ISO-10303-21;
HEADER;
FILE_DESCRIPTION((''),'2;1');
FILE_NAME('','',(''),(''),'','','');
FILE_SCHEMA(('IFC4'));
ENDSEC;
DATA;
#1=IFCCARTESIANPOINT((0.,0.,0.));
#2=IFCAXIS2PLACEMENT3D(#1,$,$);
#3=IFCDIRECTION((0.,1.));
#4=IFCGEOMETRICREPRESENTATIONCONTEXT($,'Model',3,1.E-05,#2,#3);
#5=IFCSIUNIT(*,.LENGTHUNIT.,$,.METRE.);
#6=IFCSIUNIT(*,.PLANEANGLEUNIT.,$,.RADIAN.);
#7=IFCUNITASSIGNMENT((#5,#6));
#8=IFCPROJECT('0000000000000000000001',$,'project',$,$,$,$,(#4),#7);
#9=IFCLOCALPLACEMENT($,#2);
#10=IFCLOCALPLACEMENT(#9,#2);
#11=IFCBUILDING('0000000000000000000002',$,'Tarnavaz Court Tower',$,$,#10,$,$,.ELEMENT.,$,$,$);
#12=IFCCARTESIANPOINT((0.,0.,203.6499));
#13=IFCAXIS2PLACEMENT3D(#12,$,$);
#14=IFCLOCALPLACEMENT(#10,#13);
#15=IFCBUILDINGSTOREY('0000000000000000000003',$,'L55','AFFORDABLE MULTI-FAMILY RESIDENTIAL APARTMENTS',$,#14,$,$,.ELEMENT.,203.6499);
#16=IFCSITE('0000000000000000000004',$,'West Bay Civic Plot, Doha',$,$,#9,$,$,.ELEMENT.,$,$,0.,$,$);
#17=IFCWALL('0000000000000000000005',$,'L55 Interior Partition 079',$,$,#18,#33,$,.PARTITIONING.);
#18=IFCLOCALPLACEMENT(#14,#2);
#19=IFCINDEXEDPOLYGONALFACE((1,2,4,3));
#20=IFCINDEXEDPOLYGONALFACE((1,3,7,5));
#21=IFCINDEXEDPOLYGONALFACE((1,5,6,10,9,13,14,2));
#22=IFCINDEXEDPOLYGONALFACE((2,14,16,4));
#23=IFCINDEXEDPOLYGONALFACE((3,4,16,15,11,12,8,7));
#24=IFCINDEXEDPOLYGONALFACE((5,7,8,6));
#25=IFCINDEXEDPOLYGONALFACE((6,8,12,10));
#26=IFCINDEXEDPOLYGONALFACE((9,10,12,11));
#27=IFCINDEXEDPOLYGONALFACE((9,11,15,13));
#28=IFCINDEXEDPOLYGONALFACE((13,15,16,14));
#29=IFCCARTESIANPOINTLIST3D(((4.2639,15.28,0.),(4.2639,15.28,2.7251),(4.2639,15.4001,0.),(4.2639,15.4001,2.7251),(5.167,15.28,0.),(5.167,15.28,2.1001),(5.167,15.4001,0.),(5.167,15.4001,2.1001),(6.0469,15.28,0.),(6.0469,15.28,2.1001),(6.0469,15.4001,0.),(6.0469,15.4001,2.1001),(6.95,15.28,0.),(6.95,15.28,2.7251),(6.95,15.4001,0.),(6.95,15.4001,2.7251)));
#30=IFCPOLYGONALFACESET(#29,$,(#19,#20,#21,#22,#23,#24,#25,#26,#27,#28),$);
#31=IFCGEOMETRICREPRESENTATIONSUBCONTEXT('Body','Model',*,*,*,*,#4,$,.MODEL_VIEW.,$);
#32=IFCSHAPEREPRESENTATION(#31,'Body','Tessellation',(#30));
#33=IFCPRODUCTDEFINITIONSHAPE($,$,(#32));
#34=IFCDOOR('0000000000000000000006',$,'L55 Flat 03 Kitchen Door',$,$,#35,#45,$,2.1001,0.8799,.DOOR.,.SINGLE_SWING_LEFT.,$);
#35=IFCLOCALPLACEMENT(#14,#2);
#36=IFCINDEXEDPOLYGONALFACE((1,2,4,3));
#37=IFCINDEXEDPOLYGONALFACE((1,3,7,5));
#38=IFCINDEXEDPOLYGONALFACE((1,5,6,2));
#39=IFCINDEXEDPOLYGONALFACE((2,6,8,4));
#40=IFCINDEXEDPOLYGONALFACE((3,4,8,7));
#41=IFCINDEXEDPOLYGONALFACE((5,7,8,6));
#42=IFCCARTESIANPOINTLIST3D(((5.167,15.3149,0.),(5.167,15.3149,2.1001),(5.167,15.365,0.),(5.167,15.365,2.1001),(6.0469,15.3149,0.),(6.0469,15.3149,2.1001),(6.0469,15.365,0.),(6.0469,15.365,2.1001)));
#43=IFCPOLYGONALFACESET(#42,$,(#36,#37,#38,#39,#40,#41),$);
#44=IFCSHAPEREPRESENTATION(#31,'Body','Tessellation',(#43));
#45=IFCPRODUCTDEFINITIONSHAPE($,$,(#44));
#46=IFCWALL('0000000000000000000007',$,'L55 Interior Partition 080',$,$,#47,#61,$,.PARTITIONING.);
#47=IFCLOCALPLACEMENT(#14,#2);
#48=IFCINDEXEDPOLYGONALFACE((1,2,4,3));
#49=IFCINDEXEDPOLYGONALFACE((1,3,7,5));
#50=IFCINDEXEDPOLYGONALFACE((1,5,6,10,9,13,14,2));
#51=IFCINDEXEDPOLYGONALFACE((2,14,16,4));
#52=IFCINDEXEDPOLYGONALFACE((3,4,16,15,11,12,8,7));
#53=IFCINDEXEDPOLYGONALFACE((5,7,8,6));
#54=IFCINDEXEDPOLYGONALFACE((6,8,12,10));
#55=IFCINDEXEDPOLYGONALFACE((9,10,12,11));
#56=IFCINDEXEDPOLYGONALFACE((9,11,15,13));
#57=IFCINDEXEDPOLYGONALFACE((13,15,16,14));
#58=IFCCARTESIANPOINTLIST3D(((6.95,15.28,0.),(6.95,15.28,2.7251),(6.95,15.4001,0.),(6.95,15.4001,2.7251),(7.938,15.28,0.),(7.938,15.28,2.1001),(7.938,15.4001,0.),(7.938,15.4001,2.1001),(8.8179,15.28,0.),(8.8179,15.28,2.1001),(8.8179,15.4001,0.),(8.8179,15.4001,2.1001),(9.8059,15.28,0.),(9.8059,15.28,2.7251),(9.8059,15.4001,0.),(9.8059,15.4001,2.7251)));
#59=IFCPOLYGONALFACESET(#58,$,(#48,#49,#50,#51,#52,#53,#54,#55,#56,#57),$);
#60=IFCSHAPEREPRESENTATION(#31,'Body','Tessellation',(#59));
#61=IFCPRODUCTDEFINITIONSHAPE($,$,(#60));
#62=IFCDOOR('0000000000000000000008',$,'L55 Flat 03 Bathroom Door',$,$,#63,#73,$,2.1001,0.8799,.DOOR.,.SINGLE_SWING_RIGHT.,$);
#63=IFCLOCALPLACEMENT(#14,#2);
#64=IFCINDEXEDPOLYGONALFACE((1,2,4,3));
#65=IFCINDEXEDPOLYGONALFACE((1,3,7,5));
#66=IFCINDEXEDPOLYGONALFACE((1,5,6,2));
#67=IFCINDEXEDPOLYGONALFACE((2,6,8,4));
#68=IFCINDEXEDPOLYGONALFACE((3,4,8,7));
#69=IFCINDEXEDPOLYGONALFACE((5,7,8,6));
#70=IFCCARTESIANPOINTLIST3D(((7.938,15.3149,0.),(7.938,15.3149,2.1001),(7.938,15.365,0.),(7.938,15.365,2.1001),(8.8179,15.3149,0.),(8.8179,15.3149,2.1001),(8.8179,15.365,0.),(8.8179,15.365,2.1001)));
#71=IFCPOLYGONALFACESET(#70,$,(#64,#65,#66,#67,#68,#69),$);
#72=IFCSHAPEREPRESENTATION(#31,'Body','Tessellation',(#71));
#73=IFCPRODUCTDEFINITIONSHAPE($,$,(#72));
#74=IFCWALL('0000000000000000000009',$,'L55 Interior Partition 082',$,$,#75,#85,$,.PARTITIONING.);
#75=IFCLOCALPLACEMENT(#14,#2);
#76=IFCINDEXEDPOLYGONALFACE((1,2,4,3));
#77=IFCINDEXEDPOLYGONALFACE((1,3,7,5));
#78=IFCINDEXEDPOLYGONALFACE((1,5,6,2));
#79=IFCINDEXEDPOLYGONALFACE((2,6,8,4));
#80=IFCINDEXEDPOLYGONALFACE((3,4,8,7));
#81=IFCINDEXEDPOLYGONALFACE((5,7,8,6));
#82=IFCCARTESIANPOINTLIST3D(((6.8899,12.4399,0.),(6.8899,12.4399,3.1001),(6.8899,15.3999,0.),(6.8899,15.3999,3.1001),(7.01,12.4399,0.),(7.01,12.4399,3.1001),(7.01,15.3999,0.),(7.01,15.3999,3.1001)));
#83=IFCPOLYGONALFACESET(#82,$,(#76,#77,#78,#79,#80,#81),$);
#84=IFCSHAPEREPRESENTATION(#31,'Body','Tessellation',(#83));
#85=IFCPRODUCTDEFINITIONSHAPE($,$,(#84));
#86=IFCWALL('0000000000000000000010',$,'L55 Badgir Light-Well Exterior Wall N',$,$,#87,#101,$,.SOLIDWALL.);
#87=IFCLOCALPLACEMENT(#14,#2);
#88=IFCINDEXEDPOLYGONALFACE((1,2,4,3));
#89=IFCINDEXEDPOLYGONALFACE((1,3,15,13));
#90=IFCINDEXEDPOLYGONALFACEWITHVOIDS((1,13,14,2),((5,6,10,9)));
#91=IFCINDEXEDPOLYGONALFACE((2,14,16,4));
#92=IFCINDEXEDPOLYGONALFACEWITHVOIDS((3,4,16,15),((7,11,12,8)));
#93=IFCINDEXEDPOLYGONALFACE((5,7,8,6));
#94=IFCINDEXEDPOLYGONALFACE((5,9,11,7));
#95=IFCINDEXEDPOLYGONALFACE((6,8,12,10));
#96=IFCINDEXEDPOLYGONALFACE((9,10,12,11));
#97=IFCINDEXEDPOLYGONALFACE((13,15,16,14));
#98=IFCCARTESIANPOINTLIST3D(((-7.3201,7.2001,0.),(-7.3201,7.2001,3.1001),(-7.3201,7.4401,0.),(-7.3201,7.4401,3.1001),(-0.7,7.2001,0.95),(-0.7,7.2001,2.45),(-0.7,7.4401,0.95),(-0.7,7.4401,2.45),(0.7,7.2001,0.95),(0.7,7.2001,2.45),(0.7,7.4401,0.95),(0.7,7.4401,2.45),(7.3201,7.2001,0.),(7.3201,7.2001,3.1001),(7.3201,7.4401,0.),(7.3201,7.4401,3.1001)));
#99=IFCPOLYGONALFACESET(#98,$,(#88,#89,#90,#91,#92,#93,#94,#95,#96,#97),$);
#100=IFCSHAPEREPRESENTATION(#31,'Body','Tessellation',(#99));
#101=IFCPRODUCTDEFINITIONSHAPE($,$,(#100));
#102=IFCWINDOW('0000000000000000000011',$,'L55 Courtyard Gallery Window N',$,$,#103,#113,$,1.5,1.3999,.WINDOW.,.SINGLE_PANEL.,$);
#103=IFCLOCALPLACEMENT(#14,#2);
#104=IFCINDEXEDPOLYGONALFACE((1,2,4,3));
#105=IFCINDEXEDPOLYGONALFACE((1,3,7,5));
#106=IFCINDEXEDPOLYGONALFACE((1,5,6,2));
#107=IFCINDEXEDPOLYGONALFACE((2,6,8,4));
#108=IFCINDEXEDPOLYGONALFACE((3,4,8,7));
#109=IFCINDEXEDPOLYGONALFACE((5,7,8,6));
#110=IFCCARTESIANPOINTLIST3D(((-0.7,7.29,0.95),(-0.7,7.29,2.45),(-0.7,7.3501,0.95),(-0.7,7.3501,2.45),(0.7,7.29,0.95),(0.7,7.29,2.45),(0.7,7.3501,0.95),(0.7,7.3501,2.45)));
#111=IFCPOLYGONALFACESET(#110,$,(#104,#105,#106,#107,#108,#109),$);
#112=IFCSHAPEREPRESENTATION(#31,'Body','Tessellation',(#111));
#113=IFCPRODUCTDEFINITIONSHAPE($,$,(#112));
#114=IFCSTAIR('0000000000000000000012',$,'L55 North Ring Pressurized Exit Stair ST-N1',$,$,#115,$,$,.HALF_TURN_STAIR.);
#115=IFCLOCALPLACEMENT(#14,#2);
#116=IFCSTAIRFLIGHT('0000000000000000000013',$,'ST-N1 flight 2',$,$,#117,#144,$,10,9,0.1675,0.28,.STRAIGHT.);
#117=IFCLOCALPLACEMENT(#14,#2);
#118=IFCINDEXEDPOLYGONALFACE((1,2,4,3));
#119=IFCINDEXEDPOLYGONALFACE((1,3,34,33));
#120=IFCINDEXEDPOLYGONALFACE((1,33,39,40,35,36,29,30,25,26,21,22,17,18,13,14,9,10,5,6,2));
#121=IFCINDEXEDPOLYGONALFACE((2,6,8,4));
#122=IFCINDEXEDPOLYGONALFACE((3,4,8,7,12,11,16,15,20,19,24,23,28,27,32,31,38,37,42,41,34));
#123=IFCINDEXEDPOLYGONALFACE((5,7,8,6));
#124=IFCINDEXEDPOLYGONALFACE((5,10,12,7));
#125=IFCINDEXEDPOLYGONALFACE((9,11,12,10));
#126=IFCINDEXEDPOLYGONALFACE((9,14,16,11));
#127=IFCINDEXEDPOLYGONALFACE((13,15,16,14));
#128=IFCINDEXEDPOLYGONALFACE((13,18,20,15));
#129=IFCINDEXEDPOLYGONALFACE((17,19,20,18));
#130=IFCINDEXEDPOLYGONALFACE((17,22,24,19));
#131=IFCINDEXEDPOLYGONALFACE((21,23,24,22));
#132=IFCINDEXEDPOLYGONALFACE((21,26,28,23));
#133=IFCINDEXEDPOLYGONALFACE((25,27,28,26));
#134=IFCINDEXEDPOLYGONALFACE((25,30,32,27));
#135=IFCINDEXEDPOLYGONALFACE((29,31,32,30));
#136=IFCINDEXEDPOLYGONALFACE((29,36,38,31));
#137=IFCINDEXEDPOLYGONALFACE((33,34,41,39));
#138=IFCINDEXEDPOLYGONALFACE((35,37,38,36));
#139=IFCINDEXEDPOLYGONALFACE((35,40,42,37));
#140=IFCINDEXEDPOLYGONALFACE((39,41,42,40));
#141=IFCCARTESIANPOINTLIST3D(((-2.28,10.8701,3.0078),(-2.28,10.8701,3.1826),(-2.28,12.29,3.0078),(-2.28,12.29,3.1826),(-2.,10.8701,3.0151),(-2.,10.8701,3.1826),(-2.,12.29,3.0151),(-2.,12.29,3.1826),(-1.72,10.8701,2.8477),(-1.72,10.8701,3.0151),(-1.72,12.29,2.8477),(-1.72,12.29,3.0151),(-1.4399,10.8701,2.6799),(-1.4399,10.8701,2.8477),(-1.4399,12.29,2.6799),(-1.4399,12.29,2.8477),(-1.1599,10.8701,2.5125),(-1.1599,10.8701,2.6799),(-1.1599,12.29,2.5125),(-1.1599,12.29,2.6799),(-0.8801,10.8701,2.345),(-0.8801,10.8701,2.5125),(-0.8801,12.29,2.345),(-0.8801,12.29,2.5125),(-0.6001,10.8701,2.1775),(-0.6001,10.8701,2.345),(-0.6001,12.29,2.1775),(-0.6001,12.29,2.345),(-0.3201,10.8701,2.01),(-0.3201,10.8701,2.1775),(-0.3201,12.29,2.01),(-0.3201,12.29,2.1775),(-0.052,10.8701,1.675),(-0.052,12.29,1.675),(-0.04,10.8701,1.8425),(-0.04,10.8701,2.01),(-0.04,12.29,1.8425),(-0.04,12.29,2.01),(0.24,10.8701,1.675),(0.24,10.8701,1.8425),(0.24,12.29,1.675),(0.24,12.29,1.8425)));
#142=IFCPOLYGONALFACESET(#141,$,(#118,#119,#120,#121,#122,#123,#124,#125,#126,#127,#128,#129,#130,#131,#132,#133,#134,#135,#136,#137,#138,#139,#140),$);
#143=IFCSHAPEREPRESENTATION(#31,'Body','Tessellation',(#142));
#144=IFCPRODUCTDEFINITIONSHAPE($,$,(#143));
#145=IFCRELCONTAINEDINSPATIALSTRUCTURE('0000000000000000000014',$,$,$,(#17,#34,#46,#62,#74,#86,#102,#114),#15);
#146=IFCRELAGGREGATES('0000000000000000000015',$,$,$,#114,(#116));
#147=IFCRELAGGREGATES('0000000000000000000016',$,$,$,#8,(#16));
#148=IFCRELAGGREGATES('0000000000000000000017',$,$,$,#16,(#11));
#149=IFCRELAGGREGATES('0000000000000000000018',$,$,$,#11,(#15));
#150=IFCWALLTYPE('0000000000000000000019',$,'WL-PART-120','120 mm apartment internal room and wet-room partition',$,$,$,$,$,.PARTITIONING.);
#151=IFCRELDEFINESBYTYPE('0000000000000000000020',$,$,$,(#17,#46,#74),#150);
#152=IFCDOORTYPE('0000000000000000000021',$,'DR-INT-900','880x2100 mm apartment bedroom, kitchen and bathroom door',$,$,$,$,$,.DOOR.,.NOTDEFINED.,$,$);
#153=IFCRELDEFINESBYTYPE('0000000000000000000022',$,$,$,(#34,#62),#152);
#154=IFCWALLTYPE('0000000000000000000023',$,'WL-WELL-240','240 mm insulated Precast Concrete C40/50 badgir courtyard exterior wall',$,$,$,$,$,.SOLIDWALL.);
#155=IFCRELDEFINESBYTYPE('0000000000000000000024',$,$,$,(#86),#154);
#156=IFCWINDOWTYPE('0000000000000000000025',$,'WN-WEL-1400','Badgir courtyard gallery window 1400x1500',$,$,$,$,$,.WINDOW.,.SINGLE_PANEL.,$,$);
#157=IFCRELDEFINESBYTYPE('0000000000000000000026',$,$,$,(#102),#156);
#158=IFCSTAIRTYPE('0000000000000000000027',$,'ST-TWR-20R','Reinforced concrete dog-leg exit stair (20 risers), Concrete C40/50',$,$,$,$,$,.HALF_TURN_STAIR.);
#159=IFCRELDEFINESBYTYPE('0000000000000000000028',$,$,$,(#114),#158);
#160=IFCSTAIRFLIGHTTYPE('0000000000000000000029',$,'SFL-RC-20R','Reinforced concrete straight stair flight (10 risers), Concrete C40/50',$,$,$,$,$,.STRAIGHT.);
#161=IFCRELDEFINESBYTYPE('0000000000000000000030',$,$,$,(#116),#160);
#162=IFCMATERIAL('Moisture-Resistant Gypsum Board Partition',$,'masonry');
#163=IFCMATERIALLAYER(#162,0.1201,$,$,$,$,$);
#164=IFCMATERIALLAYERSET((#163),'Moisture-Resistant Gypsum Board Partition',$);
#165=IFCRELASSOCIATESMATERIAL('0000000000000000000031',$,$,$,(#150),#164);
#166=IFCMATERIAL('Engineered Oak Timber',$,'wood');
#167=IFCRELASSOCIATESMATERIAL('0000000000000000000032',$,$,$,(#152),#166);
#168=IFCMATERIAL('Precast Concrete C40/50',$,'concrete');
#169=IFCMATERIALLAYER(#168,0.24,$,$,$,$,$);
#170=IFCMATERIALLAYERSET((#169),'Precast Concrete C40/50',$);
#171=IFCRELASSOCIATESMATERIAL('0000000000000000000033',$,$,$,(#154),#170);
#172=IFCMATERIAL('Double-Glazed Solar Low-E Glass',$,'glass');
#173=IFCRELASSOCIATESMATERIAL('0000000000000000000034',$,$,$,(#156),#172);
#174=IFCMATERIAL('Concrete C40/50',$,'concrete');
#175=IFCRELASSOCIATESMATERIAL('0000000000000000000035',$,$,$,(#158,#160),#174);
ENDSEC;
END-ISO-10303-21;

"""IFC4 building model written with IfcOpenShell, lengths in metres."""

from ifc_helpers import new_model, si_unit, direction, frame, frame_2d, origin, place, context, subcontext, project, spatial, polyline, rectangle, outline, extrude, material, layer, layer_set, type_object, element, fill, aggregate, save


model = new_model("IFC4")

# Units and contexts
model_context = context("Model", 3, precision=1e-05, world=origin(), true_north=direction((0.0, 1.0)))
body_context = subcontext(model_context, "Body", "Model", "MODEL_VIEW")
ifc_project = project(units=[si_unit("LENGTHUNIT", "METRE"), si_unit("PLANEANGLEUNIT", "RADIAN")], contexts=[model_context])

# Site, building, storey
site_placement = place(None, origin())
site = spatial("IfcSite", under=ifc_project, at=site_placement, Name="West Bay Civic Plot, Doha", CompositionType="ELEMENT", RefElevation=0.0)
building_placement = place(site_placement, origin())
building = spatial("IfcBuilding", under=site, at=building_placement, Name="Tarnavaz Court Tower", CompositionType="ELEMENT")
storey_placement = place(building_placement, frame((0.0, 0.0, 203.6499)))
storey = spatial("IfcBuildingStorey", under=building, at=storey_placement, Name="L55", Description="AFFORDABLE MULTI-FAMILY RESIDENTIAL APARTMENTS", CompositionType="ELEMENT", Elevation=203.6499)

# Walls, openings, doors
ifc_material_1 = material(Name="Moisture-Resistant Gypsum Board Partition", Category="masonry")
ifc_layer_1 = layer(ifc_material_1, 0.1201)
ifc_layer_set_1 = layer_set([ifc_layer_1], Name="Moisture-Resistant Gypsum Board Partition")
wall_type_1 = type_object("IfcWallType", Name="WL-PART-120", Description="120 mm apartment internal room and wet-room partition", PredefinedType="PARTITIONING", material=ifc_layer_set_1)
ifc_material_2 = material(Name="Engineered Oak Timber", Category="wood")
wall_1_placement = place(storey_placement, frame((4.2639, 15.3401, 0.0), z_axis=(0.0, 0.0, 1.0), x_axis=(1.0, 0.0, 0.0)))
wall_1 = element("IfcWall", 1, at=wall_1_placement, inside=storey, type_object=wall_type_1, Name="L55 Interior Partition 079", PredefinedType="PARTITIONING", context=body_context, shape_type="SweptSolid", body=[
    extrude(rectangle(XDim=2.686, YDim=0.1201, at=frame_2d((1.343, 0.0))), origin(), (0.0, 0.0, 1.0), 2.7251),
])
opening_1_placement = place(wall_1_placement, frame((0.9031, 0.0, 0.0)))
opening_1 = element("IfcOpeningElement", 2, at=opening_1_placement, cuts=wall_1, PredefinedType="OPENING", context=body_context, shape_type="SweptSolid", body=[
    extrude(rectangle(XDim=0.8799, YDim=2.1001, at=frame_2d((0.4399, 1.05))), frame((0.0, 0.0701, 0.0), z_axis=(0.0, -1.0, 0.0), x_axis=(1.0, 0.0, 0.0)), (0.0, 0.0, 1.0), 0.1401),
])
door_type_1 = type_object("IfcDoorType", Name="DR-INT-900", Description="880x2100 mm apartment bedroom, kitchen and bathroom door", OperationType="NOTDEFINED", PredefinedType="DOOR", material=ifc_material_2)
door_1_placement = place(opening_1_placement, origin())
door_1 = element("IfcDoor", 3, at=door_1_placement, inside=storey, type_object=door_type_1, Name="L55 Flat 03 Kitchen Door", OperationType="SINGLE_SWING_LEFT", OverallHeight=2.1001, OverallWidth=0.8799, PredefinedType="DOOR", context=body_context, shape_type="SweptSolid", body=[
    extrude(rectangle(XDim=0.8799, YDim=2.1001, at=frame_2d((0.4399, 1.05))), frame((0.0, 0.0249, 0.0), z_axis=(0.0, -1.0, 0.0), x_axis=(1.0, 0.0, 0.0)), (0.0, 0.0, 1.0), 0.05),
])
fill(opening_1, door_1)
wall_2_placement = place(storey_placement, frame((6.95, 15.3401, 0.0), z_axis=(0.0, 0.0, 1.0), x_axis=(1.0, 0.0, 0.0)))
wall_2 = element("IfcWall", 4, at=wall_2_placement, inside=storey, type_object=wall_type_1, Name="L55 Interior Partition 080", PredefinedType="PARTITIONING", context=body_context, shape_type="SweptSolid", body=[
    extrude(rectangle(XDim=2.856, YDim=0.1201, at=frame_2d((1.428, 0.0))), origin(), (0.0, 0.0, 1.0), 2.7251),
])
opening_2_placement = place(wall_2_placement, frame((0.988, 0.0, 0.0)))
opening_2 = element("IfcOpeningElement", 5, at=opening_2_placement, cuts=wall_2, PredefinedType="OPENING", context=body_context, shape_type="SweptSolid", body=[
    extrude(rectangle(XDim=0.8799, YDim=2.1001, at=frame_2d((0.4399, 1.05))), frame((0.0, 0.0701, 0.0), z_axis=(0.0, -1.0, 0.0), x_axis=(1.0, 0.0, 0.0)), (0.0, 0.0, 1.0), 0.1401),
])
door_2_placement = place(opening_2_placement, origin())
door_2 = element("IfcDoor", 6, at=door_2_placement, inside=storey, type_object=door_type_1, Name="L55 Flat 03 Bathroom Door", OperationType="SINGLE_SWING_RIGHT", OverallHeight=2.1001, OverallWidth=0.8799, PredefinedType="DOOR", context=body_context, shape_type="SweptSolid", body=[
    extrude(rectangle(XDim=0.8799, YDim=2.1001, at=frame_2d((0.4399, 1.05))), frame((0.0, 0.0249, 0.0), z_axis=(0.0, -1.0, 0.0), x_axis=(1.0, 0.0, 0.0)), (0.0, 0.0, 1.0), 0.05),
])
fill(opening_2, door_2)

# Wall
wall_3_placement = place(storey_placement, frame((6.95, 12.4399, 0.0), z_axis=(0.0, 0.0, 1.0), x_axis=(0.0, 1.0, 0.0)))
element("IfcWall", 7, at=wall_3_placement, inside=storey, type_object=wall_type_1, Name="L55 Interior Partition 082", PredefinedType="PARTITIONING", context=body_context, shape_type="SweptSolid", body=[
    extrude(rectangle(XDim=2.96, YDim=0.1201, at=frame_2d((1.48, 0.0))), origin(), (0.0, 0.0, 1.0), 3.1001),
])

# Wall, opening, window
ifc_material_3 = material(Name="Precast Concrete C40/50", Category="concrete")
ifc_layer_2 = layer(ifc_material_3, 0.24)
ifc_layer_set_2 = layer_set([ifc_layer_2], Name="Precast Concrete C40/50")
wall_type_2 = type_object("IfcWallType", Name="WL-WELL-240", Description="240 mm insulated Precast Concrete C40/50 badgir courtyard exterior wall", PredefinedType="SOLIDWALL", material=ifc_layer_set_2)
wall_4_placement = place(storey_placement, frame((7.3201, 7.3201, 0.0), z_axis=(0.0, 0.0, 1.0), x_axis=(-1.0, 0.0, 0.0)))
wall_4 = element("IfcWall", 8, at=wall_4_placement, inside=storey, type_object=wall_type_2, Name="L55 Badgir Light-Well Exterior Wall N", PredefinedType="SOLIDWALL", context=body_context, shape_type="SweptSolid", body=[
    extrude(rectangle(XDim=14.6401, YDim=0.24, at=frame_2d((7.3201, 0.0))), origin(), (0.0, 0.0, 1.0), 3.1001),
])
opening_3_placement = place(wall_4_placement, frame((6.6201, 0.0, 0.95)))
opening_3 = element("IfcOpeningElement", 9, at=opening_3_placement, cuts=wall_4, PredefinedType="OPENING", context=body_context, shape_type="SweptSolid", body=[
    extrude(rectangle(XDim=1.3999, YDim=1.5, at=frame_2d((0.7, 0.75))), frame((0.0, 0.1299, 0.0), z_axis=(0.0, -1.0, 0.0), x_axis=(1.0, 0.0, 0.0)), (0.0, 0.0, 1.0), 0.26),
])
ifc_material_4 = material(Name="Double-Glazed Solar Low-E Glass", Category="glass")
window_type = type_object("IfcWindowType", Name="WN-WEL-1400", Description="Badgir courtyard gallery window 1400x1500", PartitioningType="SINGLE_PANEL", PredefinedType="WINDOW", material=ifc_material_4)
window_placement = place(opening_3_placement, origin())
window = element("IfcWindow", 10, at=window_placement, inside=storey, type_object=window_type, Name="L55 Courtyard Gallery Window N", OverallHeight=1.5, OverallWidth=1.3999, PartitioningType="SINGLE_PANEL", PredefinedType="WINDOW", context=body_context, shape_type="SweptSolid", body=[
    extrude(rectangle(XDim=1.3999, YDim=1.5, at=frame_2d((0.7, 0.75))), frame((0.0, 0.03, 0.0), z_axis=(0.0, -1.0, 0.0), x_axis=(1.0, 0.0, 0.0)), (0.0, 0.0, 1.0), 0.0601),
])
fill(opening_3, window)

# Stair, stair flight
ifc_material_5 = material(Name="Concrete C40/50", Category="concrete")
stair_type = type_object("IfcStairType", Name="ST-TWR-20R", Description="Reinforced concrete dog-leg exit stair (20 risers), Concrete C40/50", PredefinedType="HALF_TURN_STAIR", material=ifc_material_5)
stair_placement = place(storey_placement, origin())
stair = element("IfcStair", 11, at=stair_placement, inside=storey, type_object=stair_type, Name="L55 North Ring Pressurized Exit Stair ST-N1", PredefinedType="HALF_TURN_STAIR")
stair_flight_type = type_object("IfcStairFlightType", Name="SFL-RC-20R", Description="Reinforced concrete straight stair flight (10 risers), Concrete C40/50", PredefinedType="STRAIGHT", material=ifc_material_5)
stair_flight_placement = place(storey_placement, frame((0.24, 11.5801, 1.675), z_axis=(0.0, 0.0, 1.0), x_axis=(-1.0, 0.0, 0.0)))
stair_flight = element("IfcStairFlight", 12, at=stair_flight_placement, type_object=stair_flight_type, Name="ST-N1 flight 2", NumberOfRisers=10, NumberOfTreads=9, PredefinedType="STRAIGHT", RiserHeight=0.1675, TreadLength=0.28, context=body_context, shape_type="SweptSolid", body=[
    extrude(outline(polyline([(0.0, 0.0), (0.0, 0.1675), (0.28, 0.1675), (0.28, 0.335), (0.5601, 0.335), (0.5601, 0.5024), (0.8401, 0.5024), (0.8401, 0.6699), (1.1201, 0.6699), (1.1201, 0.8374), (1.3999, 0.8374), (1.3999, 1.0049), (1.6799, 1.0049), (1.6799, 1.1726), (1.96, 1.1726), (1.96, 1.3401), (2.24, 1.3401), (2.24, 1.5076), (2.52, 1.5076), (2.52, 1.675), (2.52, 1.3328), (0.292, 0.0), (0.0, 0.0)])), frame((0.0, 0.71, 0.0), z_axis=(0.0, -1.0, 0.0), x_axis=(1.0, 0.0, 0.0)), (0.0, 0.0, 1.0), 1.4199),
])
aggregate(stair, [stair_flight])

save(model, "model.ifc")
